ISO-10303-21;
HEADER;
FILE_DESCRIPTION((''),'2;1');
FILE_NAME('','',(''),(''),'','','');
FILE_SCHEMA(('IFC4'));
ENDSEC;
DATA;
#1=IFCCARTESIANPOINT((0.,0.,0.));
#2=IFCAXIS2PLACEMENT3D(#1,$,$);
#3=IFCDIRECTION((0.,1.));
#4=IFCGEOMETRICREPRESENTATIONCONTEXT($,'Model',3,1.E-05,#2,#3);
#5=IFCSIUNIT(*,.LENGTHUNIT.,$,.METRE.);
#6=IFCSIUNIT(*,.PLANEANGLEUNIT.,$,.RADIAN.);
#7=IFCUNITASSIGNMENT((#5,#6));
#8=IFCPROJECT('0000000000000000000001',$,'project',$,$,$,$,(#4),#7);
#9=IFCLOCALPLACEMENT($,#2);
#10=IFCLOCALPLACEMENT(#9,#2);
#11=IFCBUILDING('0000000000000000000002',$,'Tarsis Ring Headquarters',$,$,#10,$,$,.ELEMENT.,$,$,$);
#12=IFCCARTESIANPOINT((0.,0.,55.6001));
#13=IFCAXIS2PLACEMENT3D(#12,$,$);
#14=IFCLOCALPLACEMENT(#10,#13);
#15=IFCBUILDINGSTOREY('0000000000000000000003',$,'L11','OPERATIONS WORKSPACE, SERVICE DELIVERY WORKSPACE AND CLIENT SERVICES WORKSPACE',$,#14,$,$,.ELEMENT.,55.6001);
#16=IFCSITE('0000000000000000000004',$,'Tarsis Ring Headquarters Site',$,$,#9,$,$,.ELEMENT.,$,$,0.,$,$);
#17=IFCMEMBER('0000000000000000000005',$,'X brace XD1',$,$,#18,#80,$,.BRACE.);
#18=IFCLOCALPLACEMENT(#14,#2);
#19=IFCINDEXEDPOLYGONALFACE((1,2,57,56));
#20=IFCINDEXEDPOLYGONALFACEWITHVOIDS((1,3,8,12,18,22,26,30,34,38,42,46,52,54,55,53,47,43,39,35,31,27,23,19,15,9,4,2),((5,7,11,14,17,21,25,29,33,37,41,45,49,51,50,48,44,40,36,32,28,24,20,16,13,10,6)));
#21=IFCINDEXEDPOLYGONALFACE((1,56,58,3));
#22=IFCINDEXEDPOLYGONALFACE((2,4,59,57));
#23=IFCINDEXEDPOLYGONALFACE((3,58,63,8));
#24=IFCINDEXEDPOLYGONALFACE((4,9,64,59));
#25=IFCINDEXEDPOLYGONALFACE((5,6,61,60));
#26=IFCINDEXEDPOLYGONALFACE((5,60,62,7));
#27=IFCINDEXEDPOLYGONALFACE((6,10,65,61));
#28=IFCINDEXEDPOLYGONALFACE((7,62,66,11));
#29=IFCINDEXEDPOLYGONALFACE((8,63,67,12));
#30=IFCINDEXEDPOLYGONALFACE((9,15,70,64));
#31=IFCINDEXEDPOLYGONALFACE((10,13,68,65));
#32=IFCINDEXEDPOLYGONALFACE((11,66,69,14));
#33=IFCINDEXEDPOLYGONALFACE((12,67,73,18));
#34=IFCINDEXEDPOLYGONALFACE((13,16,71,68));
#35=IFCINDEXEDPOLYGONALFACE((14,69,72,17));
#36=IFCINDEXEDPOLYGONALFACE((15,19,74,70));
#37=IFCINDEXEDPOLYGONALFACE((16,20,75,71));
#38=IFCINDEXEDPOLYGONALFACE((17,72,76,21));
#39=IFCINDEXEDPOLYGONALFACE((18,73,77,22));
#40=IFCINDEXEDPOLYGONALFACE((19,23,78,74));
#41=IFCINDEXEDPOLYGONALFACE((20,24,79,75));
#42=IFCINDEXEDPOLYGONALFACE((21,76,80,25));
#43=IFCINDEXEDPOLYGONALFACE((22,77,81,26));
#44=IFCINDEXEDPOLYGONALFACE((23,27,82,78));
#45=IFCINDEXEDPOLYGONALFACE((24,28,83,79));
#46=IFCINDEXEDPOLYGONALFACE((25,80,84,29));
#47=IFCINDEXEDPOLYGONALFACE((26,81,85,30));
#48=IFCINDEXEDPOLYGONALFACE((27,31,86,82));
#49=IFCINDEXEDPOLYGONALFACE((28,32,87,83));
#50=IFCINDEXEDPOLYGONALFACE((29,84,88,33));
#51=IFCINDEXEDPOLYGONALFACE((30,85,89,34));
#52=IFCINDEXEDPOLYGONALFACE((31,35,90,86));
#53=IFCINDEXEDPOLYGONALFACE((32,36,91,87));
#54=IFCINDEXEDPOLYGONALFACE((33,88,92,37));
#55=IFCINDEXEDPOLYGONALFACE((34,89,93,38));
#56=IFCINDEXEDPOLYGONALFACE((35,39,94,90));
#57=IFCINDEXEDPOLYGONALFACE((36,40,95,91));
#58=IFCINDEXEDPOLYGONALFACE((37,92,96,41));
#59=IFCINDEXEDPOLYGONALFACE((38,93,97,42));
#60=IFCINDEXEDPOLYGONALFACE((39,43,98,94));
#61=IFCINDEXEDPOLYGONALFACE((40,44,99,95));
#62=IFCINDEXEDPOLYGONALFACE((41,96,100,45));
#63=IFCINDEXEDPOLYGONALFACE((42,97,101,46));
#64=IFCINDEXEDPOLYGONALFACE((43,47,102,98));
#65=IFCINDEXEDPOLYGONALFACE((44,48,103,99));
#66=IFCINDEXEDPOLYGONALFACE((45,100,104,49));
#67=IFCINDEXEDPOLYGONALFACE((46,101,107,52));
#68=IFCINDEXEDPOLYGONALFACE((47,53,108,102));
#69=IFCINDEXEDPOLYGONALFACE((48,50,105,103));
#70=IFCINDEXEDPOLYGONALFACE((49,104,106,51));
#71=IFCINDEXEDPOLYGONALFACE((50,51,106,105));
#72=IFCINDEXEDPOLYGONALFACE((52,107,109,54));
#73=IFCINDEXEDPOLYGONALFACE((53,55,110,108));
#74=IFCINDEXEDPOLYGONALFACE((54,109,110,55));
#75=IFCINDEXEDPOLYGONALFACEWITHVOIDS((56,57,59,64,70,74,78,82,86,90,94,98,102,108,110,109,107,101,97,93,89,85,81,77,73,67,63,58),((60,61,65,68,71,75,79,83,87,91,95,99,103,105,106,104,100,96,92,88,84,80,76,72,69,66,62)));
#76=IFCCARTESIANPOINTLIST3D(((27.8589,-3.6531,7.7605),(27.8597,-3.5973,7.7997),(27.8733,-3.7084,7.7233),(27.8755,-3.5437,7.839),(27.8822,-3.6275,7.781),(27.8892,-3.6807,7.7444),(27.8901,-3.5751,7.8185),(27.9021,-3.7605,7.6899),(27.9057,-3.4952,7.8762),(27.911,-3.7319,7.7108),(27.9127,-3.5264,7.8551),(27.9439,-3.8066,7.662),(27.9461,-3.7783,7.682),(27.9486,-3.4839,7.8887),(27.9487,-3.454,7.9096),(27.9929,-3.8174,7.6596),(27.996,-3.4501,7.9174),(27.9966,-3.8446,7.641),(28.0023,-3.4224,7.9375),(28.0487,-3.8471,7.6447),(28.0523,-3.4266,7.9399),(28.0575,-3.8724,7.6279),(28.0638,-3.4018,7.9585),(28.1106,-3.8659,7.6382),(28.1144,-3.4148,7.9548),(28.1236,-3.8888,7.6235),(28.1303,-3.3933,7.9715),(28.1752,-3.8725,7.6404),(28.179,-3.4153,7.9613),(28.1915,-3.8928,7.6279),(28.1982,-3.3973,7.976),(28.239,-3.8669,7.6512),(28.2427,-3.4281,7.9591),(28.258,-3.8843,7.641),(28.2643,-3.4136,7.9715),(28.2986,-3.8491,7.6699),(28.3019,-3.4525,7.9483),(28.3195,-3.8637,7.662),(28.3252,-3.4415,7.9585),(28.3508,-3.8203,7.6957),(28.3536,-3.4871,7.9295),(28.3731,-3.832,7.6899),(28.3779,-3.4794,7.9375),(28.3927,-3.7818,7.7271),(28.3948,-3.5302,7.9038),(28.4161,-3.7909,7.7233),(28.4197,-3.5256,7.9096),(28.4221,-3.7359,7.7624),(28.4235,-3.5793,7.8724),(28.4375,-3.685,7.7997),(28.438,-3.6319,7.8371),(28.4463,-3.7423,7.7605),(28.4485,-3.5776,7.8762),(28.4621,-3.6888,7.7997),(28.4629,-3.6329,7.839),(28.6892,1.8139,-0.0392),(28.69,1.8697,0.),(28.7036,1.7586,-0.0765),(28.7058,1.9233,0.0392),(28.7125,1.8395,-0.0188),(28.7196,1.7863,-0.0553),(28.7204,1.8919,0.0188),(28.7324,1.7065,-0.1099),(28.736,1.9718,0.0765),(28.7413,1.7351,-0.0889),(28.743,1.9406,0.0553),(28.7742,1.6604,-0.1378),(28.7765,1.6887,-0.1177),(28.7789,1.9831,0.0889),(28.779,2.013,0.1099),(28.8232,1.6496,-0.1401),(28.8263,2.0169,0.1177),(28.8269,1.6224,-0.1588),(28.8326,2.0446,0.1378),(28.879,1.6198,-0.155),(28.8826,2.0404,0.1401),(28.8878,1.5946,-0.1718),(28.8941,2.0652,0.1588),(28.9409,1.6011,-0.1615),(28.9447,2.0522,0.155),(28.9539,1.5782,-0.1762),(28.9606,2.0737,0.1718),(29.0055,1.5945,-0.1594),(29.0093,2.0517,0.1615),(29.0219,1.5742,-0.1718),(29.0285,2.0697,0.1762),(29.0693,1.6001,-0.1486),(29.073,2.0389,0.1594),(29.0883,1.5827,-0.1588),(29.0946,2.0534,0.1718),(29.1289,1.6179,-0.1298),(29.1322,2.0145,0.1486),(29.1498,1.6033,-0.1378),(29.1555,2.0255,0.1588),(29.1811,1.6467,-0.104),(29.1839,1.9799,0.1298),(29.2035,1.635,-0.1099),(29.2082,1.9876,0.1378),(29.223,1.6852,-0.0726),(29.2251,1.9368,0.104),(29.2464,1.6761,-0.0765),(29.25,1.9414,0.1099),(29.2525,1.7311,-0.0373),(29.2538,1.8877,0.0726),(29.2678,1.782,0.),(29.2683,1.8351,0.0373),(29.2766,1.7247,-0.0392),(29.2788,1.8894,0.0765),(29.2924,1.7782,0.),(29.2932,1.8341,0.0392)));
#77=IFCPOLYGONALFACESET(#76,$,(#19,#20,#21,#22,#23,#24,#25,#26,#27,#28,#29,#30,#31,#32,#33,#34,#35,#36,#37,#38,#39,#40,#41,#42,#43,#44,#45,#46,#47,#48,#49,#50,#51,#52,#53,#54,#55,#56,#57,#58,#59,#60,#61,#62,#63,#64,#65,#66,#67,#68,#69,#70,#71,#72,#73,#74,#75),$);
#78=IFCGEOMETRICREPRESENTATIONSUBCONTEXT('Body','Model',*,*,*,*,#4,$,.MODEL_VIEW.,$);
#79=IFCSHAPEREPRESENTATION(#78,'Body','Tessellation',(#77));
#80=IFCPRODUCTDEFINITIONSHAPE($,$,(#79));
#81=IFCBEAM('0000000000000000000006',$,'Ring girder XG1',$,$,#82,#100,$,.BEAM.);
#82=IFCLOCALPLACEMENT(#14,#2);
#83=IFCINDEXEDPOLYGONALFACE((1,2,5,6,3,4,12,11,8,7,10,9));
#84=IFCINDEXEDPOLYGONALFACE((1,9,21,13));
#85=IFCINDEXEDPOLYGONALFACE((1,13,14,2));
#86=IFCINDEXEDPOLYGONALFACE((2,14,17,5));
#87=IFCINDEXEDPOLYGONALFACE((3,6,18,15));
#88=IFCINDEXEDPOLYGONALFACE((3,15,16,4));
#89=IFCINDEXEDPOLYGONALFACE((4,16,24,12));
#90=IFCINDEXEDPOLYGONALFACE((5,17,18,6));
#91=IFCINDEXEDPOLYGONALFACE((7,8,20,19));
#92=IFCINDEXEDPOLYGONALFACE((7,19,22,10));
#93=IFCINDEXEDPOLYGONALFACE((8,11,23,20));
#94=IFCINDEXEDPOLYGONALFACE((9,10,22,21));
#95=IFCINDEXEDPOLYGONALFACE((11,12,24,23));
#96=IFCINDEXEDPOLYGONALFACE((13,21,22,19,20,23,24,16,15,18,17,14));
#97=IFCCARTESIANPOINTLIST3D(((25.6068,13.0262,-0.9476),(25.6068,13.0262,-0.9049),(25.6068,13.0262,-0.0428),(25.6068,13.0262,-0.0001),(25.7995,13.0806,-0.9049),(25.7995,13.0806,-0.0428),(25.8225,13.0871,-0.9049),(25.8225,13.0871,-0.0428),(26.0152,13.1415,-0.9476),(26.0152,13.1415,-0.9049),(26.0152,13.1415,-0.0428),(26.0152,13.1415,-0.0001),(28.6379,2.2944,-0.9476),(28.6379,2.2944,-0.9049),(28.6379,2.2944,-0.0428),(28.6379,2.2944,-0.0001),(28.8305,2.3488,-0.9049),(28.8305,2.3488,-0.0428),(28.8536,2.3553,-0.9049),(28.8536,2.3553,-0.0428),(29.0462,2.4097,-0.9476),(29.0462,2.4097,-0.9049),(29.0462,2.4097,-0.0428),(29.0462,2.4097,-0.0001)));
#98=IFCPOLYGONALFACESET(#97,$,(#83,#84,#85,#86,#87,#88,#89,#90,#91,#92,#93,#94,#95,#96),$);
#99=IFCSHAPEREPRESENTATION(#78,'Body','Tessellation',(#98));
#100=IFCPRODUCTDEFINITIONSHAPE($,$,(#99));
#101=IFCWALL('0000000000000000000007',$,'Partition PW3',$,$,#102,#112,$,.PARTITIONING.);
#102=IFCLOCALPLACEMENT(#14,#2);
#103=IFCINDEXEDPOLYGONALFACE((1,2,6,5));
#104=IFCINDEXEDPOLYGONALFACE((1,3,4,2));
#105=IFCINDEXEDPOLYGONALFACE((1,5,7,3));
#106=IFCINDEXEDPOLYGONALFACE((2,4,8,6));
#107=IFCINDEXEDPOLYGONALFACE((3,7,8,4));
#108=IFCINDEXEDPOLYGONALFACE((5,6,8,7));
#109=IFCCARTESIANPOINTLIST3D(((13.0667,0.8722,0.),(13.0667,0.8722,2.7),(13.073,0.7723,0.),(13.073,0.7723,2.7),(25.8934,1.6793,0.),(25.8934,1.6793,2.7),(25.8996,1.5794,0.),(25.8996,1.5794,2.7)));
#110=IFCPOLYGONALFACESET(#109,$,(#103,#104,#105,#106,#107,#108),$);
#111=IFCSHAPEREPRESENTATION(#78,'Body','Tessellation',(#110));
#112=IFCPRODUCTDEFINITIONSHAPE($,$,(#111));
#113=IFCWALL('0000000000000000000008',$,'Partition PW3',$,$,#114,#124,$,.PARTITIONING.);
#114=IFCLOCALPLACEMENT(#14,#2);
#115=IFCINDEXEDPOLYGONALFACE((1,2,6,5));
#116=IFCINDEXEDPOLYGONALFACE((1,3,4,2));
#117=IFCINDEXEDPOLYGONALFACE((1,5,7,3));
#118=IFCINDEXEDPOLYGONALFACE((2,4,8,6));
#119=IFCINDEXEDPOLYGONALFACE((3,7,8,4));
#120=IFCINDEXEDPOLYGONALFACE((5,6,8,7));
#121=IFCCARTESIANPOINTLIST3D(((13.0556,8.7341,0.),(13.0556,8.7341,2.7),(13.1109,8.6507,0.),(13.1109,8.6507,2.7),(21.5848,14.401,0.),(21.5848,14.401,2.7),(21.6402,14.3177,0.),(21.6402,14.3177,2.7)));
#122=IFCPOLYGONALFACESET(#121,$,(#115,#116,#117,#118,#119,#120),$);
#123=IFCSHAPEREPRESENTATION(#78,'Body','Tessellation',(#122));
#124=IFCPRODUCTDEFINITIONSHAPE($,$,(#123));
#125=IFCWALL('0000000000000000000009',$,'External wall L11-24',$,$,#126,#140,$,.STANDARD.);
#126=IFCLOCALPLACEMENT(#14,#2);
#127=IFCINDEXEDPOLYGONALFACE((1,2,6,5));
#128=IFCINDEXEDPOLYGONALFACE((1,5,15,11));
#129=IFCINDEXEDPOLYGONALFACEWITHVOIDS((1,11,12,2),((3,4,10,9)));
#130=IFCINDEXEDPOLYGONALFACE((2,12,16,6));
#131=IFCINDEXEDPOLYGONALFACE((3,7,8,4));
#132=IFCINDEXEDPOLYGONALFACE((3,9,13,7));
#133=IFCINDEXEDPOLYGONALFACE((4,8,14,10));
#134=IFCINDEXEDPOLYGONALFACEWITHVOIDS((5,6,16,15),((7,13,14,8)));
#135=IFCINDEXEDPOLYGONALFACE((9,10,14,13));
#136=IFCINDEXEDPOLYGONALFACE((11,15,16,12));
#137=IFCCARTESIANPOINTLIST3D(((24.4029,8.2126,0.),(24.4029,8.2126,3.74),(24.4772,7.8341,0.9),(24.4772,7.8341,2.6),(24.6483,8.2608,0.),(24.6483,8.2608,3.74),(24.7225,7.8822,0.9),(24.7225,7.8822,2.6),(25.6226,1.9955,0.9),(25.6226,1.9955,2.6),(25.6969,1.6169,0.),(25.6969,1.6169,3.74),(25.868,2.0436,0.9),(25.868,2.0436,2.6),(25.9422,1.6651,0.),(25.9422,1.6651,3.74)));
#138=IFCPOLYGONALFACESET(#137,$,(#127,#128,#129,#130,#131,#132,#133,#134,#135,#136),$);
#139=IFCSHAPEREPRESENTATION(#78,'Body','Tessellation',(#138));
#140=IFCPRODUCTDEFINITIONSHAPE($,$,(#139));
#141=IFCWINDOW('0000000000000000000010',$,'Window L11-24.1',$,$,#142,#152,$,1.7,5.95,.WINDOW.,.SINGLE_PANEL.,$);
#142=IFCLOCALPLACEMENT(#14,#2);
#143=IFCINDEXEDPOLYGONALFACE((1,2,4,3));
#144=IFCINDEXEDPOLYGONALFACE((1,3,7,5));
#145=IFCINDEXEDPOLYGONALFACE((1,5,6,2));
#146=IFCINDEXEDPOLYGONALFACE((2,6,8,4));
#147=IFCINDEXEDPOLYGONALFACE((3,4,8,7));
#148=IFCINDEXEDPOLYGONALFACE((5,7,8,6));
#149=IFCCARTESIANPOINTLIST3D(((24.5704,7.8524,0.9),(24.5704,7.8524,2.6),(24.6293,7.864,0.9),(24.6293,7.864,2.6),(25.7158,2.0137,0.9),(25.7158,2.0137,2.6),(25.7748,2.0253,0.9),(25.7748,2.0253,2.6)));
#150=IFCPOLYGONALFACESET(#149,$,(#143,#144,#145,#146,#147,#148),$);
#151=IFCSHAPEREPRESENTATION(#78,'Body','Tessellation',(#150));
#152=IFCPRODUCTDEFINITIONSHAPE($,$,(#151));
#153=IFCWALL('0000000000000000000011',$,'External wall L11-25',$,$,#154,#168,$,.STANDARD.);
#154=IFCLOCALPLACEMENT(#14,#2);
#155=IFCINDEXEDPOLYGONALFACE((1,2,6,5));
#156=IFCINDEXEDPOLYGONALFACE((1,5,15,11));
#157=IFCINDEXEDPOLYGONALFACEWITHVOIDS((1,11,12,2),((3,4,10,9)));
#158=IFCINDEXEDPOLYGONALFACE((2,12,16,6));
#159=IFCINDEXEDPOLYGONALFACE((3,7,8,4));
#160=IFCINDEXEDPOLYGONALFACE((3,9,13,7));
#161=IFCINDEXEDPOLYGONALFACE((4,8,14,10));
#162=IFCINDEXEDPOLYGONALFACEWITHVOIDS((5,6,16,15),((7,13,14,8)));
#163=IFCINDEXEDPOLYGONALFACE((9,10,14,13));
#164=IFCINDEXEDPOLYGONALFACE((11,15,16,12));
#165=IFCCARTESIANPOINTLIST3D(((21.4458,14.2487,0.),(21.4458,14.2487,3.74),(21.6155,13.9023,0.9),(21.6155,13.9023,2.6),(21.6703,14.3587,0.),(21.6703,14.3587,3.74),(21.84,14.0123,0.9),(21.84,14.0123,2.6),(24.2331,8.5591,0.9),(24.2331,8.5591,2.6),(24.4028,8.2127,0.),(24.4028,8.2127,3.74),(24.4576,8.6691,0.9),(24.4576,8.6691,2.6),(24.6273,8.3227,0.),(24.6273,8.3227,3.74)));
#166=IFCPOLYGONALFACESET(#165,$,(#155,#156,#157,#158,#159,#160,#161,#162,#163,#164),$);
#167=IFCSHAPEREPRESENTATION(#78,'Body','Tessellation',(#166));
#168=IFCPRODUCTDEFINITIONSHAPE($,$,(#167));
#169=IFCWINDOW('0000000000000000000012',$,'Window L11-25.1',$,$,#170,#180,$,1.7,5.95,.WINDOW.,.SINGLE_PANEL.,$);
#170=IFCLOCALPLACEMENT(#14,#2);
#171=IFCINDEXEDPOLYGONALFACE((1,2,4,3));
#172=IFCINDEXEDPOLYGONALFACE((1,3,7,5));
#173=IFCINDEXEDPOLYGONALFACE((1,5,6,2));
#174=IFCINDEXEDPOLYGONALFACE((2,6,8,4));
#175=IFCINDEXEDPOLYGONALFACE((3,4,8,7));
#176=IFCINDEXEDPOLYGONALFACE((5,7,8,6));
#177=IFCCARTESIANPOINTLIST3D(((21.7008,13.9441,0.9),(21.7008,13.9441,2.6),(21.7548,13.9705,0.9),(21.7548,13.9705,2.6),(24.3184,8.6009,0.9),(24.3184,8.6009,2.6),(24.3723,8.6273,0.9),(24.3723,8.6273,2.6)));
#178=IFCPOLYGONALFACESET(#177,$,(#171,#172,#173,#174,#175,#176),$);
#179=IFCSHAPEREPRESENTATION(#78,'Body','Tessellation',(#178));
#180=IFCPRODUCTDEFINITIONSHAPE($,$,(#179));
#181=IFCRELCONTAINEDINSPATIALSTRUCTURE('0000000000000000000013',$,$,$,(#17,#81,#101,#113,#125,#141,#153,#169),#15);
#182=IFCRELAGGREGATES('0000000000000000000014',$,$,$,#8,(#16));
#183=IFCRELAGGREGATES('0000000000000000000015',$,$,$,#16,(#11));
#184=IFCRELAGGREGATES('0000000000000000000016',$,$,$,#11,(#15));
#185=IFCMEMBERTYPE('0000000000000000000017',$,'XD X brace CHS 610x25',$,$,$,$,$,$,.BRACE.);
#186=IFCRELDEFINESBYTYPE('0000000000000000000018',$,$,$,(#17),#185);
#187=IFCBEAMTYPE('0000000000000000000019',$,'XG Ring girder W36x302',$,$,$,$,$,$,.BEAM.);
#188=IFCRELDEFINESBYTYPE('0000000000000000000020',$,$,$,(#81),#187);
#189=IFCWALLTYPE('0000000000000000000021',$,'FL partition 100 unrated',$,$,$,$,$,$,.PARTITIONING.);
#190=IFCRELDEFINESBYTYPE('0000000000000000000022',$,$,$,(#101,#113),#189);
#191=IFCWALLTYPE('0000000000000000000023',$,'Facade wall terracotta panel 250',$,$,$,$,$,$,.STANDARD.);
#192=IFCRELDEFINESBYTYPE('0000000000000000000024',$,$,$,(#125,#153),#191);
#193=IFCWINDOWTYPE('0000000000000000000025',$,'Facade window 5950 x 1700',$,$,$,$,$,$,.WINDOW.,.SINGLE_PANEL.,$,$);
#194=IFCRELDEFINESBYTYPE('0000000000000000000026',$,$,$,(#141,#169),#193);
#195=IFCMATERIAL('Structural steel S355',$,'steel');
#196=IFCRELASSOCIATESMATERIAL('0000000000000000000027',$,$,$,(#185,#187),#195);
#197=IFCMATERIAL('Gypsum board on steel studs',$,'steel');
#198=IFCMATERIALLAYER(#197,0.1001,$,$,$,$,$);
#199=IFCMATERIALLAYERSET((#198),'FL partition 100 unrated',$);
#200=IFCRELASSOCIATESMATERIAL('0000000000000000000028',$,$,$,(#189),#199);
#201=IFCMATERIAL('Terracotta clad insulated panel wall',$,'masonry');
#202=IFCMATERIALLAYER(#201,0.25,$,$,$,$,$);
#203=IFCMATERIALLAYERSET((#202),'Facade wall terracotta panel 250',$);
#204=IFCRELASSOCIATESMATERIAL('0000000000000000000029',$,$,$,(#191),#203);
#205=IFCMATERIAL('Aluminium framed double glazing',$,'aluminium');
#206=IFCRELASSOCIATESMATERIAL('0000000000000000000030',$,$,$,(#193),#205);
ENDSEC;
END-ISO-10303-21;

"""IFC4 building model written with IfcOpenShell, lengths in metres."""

from ifc_helpers import new_model, si_unit, direction, frame, frame_2d, origin, origin_2d, place, context, subcontext, project, spatial, rectangle, hollow_circle, i_section, extrude, material, layer, layer_set, material_profile, profile_set, type_object, element, fill, save


model = new_model("IFC4")

# Units and contexts
model_context = context("Model", 3, precision=1e-05, world=origin(), true_north=direction((0.0, 1.0)))
body_context = subcontext(model_context, "Body", "Model", "MODEL_VIEW")
ifc_project = project(units=[si_unit("LENGTHUNIT", "METRE"), si_unit("PLANEANGLEUNIT", "RADIAN")], contexts=[model_context])

# Site, building, storey
site_placement = place(None, origin())
site = spatial("IfcSite", under=ifc_project, at=site_placement, Name="Tarsis Ring Headquarters Site", CompositionType="ELEMENT", RefElevation=0.0)
building_placement = place(site_placement, origin())
building = spatial("IfcBuilding", under=site, at=building_placement, Name="Tarsis Ring Headquarters", CompositionType="ELEMENT")
storey_placement = place(building_placement, frame((0.0, 0.0, 55.6001)))
storey = spatial("IfcBuildingStorey", under=building, at=storey_placement, Name="L11", Description="OPERATIONS WORKSPACE, SERVICE DELIVERY WORKSPACE AND CLIENT SERVICES WORKSPACE", CompositionType="ELEMENT", Elevation=55.6001)

# Shared definitions
ifc_material_1 = material(Name="Structural steel S355", Category="steel")

# Member
ifc_material_profile_1 = material_profile(ifc_material_1, hollow_circle(Radius=0.3047, WallThickness=0.0249, at=origin_2d()), Name="CHS 610x25")
ifc_profile_set_1 = profile_set([ifc_material_profile_1], Name="Structural steel S355")
member_type = type_object("IfcMemberType", Name="XD X brace CHS 610x25", PredefinedType="BRACE", material=ifc_profile_set_1)
member_placement = place(storey_placement, frame((28.9912, 1.824, 0.0), z_axis=(-0.086844, -0.5718, 0.815784), x_axis=(0.988662, -0.150156, 0.0)))
element("IfcMember", 1, at=member_placement, inside=storey, type_object=member_type, Name="X brace XD1", PredefinedType="BRACE", context=body_context, shape_type="SweptSolid", body=[
    extrude(hollow_circle(Radius=0.3047, WallThickness=0.0249, at=origin_2d()), origin(), (0.0, 0.0, 1.0), 9.561),
])

# Beam
ifc_material_profile_2 = material_profile(ifc_material_1, i_section(OverallWidth=0.4243, OverallDepth=0.9475, WebThickness=0.0239, FlangeThickness=0.0427, at=origin_2d()), Name="W36x302")
ifc_profile_set_2 = profile_set([ifc_material_profile_2], Name="Structural steel S355")
beam_type_1 = type_object("IfcBeamType", Name="XG Ring girder W36x302", PredefinedType="BEAM", material=ifc_profile_set_2)
beam_1_placement = place(storey_placement, frame((28.842, 2.3521, -0.4739), z_axis=(-0.271802, 0.962353, 0.0), x_axis=(-0.962353, -0.271802, 0.0)))
element("IfcBeam", 2, at=beam_1_placement, inside=storey, type_object=beam_type_1, Name="Ring girder XG1", PredefinedType="BEAM", context=body_context, shape_type="SweptSolid", body=[
    extrude(i_section(OverallWidth=0.4243, OverallDepth=0.9475, WebThickness=0.0239, FlangeThickness=0.0427, at=origin_2d()), origin(), (0.0, 0.0, 1.0), 11.1516),
])

# Walls
ifc_material_2 = material(Name="Gypsum board on steel studs", Category="steel")
ifc_layer_1 = layer(ifc_material_2, 0.1001)
ifc_layer_set_1 = layer_set([ifc_layer_1], Name="FL partition 100 unrated")
wall_type_1 = type_object("IfcWallType", Name="FL partition 100 unrated", PredefinedType="PARTITIONING", material=ifc_layer_set_1)
wall_1_placement = place(storey_placement, frame((13.0698, 0.8223, 0.0), z_axis=(0.0, 0.0, 1.0), x_axis=(0.998026, 0.062802, 0.0)))
element("IfcWall", 3, at=wall_1_placement, inside=storey, type_object=wall_type_1, Name="Partition PW3", PredefinedType="PARTITIONING", context=body_context, shape_type="SweptSolid", body=[
    extrude(rectangle(XDim=12.8521, YDim=0.1001, at=frame_2d((6.426, 0.0))), origin(), (0.0, 0.0, 1.0), 2.7),
])
wall_2_placement = place(storey_placement, frame((13.0833, 8.6924, 0.0), z_axis=(0.0, 0.0, 1.0), x_axis=(0.832915, 0.553401, 0.0)))
element("IfcWall", 4, at=wall_2_placement, inside=storey, type_object=wall_type_1, Name="Partition PW3", PredefinedType="PARTITIONING", context=body_context, shape_type="SweptSolid", body=[
    extrude(rectangle(XDim=10.2402, YDim=0.1001, at=frame_2d((5.1201, 0.0))), origin(), (0.0, 0.0, 1.0), 2.7),
])

# Walls, openings, windows
ifc_material_3 = material(Name="Terracotta clad insulated panel wall", Category="masonry")
ifc_layer_2 = layer(ifc_material_3, 0.25)
ifc_layer_set_2 = layer_set([ifc_layer_2], Name="Facade wall terracotta panel 250")
wall_type_2 = type_object("IfcWallType", Name="Facade wall terracotta panel 250", PredefinedType="STANDARD", material=ifc_layer_set_2)
wall_3_placement = place(storey_placement, frame((25.8196, 1.6409, 0.0), z_axis=(0.0, 0.0, 1.0), x_axis=(-0.19251, 0.981295, 0.0)))
wall_3 = element("IfcWall", 5, at=wall_3_placement, inside=storey, type_object=wall_type_2, Name="External wall L11-24", PredefinedType="STANDARD", context=body_context, shape_type="SweptSolid", body=[
    extrude(rectangle(XDim=6.7214, YDim=0.25, at=frame_2d((3.3608, 0.0))), origin(), (0.0, 0.0, 1.0), 3.74),
])
opening_1_placement = place(wall_3_placement, frame((0.3857, 0.0, 0.8999)))
opening_1 = element("IfcOpeningElement", 6, at=opening_1_placement, cuts=wall_3, PredefinedType="OPENING", context=body_context, shape_type="SweptSolid", body=[
    extrude(rectangle(XDim=5.95, YDim=1.7, at=frame_2d((2.9751, 0.8501))), frame((0.0, 0.135, 0.0), z_axis=(0.0, -1.0, 0.0), x_axis=(1.0, 0.0, 0.0)), (0.0, 0.0, 1.0), 0.27),
])
ifc_material_4 = material(Name="Aluminium framed double glazing", Category="aluminium")
window_type = type_object("IfcWindowType", Name="Facade window 5950 x 1700", PartitioningType="SINGLE_PANEL", PredefinedType="WINDOW", material=ifc_material_4)
window_1_placement = place(opening_1_placement, origin())
window_1 = element("IfcWindow", 7, at=window_1_placement, inside=storey, type_object=window_type, Name="Window L11-24.1", OverallHeight=1.7, OverallWidth=5.95, PartitioningType="SINGLE_PANEL", PredefinedType="WINDOW", context=body_context, shape_type="SweptSolid", body=[
    extrude(rectangle(XDim=5.95, YDim=1.7, at=frame_2d((2.9751, 0.8501))), frame((0.0, 0.03, 0.0), z_axis=(0.0, -1.0, 0.0), x_axis=(1.0, 0.0, 0.0)), (0.0, 0.0, 1.0), 0.0601),
])
fill(opening_1, window_1)
wall_4_placement = place(storey_placement, frame((24.5151, 8.2676, 0.0), z_axis=(0.0, 0.0, 1.0), x_axis=(-0.439934, 0.89803, 0.0)))
wall_4 = element("IfcWall", 8, at=wall_4_placement, inside=storey, type_object=wall_type_2, Name="External wall L11-25", PredefinedType="STANDARD", context=body_context, shape_type="SweptSolid", body=[
    extrude(rectangle(XDim=6.7214, YDim=0.25, at=frame_2d((3.3608, 0.0))), origin(), (0.0, 0.0, 1.0), 3.74),
])
opening_2_placement = place(wall_4_placement, frame((0.3857, 0.0, 0.8999)))
opening_2 = element("IfcOpeningElement", 9, at=opening_2_placement, cuts=wall_4, PredefinedType="OPENING", context=body_context, shape_type="SweptSolid", body=[
    extrude(rectangle(XDim=5.95, YDim=1.7, at=frame_2d((2.9751, 0.8501))), frame((0.0, 0.135, 0.0), z_axis=(0.0, -1.0, 0.0), x_axis=(1.0, 0.0, 0.0)), (0.0, 0.0, 1.0), 0.27),
])
window_2_placement = place(opening_2_placement, origin())
window_2 = element("IfcWindow", 10, at=window_2_placement, inside=storey, type_object=window_type, Name="Window L11-25.1", OverallHeight=1.7, OverallWidth=5.95, PartitioningType="SINGLE_PANEL", PredefinedType="WINDOW", context=body_context, shape_type="SweptSolid", body=[
    extrude(rectangle(XDim=5.95, YDim=1.7, at=frame_2d((2.9751, 0.8501))), frame((0.0, 0.03, 0.0), z_axis=(0.0, -1.0, 0.0), x_axis=(1.0, 0.0, 0.0)), (0.0, 0.0, 1.0), 0.0601),
])
fill(opening_2, window_2)

save(model, "model.ifc")
